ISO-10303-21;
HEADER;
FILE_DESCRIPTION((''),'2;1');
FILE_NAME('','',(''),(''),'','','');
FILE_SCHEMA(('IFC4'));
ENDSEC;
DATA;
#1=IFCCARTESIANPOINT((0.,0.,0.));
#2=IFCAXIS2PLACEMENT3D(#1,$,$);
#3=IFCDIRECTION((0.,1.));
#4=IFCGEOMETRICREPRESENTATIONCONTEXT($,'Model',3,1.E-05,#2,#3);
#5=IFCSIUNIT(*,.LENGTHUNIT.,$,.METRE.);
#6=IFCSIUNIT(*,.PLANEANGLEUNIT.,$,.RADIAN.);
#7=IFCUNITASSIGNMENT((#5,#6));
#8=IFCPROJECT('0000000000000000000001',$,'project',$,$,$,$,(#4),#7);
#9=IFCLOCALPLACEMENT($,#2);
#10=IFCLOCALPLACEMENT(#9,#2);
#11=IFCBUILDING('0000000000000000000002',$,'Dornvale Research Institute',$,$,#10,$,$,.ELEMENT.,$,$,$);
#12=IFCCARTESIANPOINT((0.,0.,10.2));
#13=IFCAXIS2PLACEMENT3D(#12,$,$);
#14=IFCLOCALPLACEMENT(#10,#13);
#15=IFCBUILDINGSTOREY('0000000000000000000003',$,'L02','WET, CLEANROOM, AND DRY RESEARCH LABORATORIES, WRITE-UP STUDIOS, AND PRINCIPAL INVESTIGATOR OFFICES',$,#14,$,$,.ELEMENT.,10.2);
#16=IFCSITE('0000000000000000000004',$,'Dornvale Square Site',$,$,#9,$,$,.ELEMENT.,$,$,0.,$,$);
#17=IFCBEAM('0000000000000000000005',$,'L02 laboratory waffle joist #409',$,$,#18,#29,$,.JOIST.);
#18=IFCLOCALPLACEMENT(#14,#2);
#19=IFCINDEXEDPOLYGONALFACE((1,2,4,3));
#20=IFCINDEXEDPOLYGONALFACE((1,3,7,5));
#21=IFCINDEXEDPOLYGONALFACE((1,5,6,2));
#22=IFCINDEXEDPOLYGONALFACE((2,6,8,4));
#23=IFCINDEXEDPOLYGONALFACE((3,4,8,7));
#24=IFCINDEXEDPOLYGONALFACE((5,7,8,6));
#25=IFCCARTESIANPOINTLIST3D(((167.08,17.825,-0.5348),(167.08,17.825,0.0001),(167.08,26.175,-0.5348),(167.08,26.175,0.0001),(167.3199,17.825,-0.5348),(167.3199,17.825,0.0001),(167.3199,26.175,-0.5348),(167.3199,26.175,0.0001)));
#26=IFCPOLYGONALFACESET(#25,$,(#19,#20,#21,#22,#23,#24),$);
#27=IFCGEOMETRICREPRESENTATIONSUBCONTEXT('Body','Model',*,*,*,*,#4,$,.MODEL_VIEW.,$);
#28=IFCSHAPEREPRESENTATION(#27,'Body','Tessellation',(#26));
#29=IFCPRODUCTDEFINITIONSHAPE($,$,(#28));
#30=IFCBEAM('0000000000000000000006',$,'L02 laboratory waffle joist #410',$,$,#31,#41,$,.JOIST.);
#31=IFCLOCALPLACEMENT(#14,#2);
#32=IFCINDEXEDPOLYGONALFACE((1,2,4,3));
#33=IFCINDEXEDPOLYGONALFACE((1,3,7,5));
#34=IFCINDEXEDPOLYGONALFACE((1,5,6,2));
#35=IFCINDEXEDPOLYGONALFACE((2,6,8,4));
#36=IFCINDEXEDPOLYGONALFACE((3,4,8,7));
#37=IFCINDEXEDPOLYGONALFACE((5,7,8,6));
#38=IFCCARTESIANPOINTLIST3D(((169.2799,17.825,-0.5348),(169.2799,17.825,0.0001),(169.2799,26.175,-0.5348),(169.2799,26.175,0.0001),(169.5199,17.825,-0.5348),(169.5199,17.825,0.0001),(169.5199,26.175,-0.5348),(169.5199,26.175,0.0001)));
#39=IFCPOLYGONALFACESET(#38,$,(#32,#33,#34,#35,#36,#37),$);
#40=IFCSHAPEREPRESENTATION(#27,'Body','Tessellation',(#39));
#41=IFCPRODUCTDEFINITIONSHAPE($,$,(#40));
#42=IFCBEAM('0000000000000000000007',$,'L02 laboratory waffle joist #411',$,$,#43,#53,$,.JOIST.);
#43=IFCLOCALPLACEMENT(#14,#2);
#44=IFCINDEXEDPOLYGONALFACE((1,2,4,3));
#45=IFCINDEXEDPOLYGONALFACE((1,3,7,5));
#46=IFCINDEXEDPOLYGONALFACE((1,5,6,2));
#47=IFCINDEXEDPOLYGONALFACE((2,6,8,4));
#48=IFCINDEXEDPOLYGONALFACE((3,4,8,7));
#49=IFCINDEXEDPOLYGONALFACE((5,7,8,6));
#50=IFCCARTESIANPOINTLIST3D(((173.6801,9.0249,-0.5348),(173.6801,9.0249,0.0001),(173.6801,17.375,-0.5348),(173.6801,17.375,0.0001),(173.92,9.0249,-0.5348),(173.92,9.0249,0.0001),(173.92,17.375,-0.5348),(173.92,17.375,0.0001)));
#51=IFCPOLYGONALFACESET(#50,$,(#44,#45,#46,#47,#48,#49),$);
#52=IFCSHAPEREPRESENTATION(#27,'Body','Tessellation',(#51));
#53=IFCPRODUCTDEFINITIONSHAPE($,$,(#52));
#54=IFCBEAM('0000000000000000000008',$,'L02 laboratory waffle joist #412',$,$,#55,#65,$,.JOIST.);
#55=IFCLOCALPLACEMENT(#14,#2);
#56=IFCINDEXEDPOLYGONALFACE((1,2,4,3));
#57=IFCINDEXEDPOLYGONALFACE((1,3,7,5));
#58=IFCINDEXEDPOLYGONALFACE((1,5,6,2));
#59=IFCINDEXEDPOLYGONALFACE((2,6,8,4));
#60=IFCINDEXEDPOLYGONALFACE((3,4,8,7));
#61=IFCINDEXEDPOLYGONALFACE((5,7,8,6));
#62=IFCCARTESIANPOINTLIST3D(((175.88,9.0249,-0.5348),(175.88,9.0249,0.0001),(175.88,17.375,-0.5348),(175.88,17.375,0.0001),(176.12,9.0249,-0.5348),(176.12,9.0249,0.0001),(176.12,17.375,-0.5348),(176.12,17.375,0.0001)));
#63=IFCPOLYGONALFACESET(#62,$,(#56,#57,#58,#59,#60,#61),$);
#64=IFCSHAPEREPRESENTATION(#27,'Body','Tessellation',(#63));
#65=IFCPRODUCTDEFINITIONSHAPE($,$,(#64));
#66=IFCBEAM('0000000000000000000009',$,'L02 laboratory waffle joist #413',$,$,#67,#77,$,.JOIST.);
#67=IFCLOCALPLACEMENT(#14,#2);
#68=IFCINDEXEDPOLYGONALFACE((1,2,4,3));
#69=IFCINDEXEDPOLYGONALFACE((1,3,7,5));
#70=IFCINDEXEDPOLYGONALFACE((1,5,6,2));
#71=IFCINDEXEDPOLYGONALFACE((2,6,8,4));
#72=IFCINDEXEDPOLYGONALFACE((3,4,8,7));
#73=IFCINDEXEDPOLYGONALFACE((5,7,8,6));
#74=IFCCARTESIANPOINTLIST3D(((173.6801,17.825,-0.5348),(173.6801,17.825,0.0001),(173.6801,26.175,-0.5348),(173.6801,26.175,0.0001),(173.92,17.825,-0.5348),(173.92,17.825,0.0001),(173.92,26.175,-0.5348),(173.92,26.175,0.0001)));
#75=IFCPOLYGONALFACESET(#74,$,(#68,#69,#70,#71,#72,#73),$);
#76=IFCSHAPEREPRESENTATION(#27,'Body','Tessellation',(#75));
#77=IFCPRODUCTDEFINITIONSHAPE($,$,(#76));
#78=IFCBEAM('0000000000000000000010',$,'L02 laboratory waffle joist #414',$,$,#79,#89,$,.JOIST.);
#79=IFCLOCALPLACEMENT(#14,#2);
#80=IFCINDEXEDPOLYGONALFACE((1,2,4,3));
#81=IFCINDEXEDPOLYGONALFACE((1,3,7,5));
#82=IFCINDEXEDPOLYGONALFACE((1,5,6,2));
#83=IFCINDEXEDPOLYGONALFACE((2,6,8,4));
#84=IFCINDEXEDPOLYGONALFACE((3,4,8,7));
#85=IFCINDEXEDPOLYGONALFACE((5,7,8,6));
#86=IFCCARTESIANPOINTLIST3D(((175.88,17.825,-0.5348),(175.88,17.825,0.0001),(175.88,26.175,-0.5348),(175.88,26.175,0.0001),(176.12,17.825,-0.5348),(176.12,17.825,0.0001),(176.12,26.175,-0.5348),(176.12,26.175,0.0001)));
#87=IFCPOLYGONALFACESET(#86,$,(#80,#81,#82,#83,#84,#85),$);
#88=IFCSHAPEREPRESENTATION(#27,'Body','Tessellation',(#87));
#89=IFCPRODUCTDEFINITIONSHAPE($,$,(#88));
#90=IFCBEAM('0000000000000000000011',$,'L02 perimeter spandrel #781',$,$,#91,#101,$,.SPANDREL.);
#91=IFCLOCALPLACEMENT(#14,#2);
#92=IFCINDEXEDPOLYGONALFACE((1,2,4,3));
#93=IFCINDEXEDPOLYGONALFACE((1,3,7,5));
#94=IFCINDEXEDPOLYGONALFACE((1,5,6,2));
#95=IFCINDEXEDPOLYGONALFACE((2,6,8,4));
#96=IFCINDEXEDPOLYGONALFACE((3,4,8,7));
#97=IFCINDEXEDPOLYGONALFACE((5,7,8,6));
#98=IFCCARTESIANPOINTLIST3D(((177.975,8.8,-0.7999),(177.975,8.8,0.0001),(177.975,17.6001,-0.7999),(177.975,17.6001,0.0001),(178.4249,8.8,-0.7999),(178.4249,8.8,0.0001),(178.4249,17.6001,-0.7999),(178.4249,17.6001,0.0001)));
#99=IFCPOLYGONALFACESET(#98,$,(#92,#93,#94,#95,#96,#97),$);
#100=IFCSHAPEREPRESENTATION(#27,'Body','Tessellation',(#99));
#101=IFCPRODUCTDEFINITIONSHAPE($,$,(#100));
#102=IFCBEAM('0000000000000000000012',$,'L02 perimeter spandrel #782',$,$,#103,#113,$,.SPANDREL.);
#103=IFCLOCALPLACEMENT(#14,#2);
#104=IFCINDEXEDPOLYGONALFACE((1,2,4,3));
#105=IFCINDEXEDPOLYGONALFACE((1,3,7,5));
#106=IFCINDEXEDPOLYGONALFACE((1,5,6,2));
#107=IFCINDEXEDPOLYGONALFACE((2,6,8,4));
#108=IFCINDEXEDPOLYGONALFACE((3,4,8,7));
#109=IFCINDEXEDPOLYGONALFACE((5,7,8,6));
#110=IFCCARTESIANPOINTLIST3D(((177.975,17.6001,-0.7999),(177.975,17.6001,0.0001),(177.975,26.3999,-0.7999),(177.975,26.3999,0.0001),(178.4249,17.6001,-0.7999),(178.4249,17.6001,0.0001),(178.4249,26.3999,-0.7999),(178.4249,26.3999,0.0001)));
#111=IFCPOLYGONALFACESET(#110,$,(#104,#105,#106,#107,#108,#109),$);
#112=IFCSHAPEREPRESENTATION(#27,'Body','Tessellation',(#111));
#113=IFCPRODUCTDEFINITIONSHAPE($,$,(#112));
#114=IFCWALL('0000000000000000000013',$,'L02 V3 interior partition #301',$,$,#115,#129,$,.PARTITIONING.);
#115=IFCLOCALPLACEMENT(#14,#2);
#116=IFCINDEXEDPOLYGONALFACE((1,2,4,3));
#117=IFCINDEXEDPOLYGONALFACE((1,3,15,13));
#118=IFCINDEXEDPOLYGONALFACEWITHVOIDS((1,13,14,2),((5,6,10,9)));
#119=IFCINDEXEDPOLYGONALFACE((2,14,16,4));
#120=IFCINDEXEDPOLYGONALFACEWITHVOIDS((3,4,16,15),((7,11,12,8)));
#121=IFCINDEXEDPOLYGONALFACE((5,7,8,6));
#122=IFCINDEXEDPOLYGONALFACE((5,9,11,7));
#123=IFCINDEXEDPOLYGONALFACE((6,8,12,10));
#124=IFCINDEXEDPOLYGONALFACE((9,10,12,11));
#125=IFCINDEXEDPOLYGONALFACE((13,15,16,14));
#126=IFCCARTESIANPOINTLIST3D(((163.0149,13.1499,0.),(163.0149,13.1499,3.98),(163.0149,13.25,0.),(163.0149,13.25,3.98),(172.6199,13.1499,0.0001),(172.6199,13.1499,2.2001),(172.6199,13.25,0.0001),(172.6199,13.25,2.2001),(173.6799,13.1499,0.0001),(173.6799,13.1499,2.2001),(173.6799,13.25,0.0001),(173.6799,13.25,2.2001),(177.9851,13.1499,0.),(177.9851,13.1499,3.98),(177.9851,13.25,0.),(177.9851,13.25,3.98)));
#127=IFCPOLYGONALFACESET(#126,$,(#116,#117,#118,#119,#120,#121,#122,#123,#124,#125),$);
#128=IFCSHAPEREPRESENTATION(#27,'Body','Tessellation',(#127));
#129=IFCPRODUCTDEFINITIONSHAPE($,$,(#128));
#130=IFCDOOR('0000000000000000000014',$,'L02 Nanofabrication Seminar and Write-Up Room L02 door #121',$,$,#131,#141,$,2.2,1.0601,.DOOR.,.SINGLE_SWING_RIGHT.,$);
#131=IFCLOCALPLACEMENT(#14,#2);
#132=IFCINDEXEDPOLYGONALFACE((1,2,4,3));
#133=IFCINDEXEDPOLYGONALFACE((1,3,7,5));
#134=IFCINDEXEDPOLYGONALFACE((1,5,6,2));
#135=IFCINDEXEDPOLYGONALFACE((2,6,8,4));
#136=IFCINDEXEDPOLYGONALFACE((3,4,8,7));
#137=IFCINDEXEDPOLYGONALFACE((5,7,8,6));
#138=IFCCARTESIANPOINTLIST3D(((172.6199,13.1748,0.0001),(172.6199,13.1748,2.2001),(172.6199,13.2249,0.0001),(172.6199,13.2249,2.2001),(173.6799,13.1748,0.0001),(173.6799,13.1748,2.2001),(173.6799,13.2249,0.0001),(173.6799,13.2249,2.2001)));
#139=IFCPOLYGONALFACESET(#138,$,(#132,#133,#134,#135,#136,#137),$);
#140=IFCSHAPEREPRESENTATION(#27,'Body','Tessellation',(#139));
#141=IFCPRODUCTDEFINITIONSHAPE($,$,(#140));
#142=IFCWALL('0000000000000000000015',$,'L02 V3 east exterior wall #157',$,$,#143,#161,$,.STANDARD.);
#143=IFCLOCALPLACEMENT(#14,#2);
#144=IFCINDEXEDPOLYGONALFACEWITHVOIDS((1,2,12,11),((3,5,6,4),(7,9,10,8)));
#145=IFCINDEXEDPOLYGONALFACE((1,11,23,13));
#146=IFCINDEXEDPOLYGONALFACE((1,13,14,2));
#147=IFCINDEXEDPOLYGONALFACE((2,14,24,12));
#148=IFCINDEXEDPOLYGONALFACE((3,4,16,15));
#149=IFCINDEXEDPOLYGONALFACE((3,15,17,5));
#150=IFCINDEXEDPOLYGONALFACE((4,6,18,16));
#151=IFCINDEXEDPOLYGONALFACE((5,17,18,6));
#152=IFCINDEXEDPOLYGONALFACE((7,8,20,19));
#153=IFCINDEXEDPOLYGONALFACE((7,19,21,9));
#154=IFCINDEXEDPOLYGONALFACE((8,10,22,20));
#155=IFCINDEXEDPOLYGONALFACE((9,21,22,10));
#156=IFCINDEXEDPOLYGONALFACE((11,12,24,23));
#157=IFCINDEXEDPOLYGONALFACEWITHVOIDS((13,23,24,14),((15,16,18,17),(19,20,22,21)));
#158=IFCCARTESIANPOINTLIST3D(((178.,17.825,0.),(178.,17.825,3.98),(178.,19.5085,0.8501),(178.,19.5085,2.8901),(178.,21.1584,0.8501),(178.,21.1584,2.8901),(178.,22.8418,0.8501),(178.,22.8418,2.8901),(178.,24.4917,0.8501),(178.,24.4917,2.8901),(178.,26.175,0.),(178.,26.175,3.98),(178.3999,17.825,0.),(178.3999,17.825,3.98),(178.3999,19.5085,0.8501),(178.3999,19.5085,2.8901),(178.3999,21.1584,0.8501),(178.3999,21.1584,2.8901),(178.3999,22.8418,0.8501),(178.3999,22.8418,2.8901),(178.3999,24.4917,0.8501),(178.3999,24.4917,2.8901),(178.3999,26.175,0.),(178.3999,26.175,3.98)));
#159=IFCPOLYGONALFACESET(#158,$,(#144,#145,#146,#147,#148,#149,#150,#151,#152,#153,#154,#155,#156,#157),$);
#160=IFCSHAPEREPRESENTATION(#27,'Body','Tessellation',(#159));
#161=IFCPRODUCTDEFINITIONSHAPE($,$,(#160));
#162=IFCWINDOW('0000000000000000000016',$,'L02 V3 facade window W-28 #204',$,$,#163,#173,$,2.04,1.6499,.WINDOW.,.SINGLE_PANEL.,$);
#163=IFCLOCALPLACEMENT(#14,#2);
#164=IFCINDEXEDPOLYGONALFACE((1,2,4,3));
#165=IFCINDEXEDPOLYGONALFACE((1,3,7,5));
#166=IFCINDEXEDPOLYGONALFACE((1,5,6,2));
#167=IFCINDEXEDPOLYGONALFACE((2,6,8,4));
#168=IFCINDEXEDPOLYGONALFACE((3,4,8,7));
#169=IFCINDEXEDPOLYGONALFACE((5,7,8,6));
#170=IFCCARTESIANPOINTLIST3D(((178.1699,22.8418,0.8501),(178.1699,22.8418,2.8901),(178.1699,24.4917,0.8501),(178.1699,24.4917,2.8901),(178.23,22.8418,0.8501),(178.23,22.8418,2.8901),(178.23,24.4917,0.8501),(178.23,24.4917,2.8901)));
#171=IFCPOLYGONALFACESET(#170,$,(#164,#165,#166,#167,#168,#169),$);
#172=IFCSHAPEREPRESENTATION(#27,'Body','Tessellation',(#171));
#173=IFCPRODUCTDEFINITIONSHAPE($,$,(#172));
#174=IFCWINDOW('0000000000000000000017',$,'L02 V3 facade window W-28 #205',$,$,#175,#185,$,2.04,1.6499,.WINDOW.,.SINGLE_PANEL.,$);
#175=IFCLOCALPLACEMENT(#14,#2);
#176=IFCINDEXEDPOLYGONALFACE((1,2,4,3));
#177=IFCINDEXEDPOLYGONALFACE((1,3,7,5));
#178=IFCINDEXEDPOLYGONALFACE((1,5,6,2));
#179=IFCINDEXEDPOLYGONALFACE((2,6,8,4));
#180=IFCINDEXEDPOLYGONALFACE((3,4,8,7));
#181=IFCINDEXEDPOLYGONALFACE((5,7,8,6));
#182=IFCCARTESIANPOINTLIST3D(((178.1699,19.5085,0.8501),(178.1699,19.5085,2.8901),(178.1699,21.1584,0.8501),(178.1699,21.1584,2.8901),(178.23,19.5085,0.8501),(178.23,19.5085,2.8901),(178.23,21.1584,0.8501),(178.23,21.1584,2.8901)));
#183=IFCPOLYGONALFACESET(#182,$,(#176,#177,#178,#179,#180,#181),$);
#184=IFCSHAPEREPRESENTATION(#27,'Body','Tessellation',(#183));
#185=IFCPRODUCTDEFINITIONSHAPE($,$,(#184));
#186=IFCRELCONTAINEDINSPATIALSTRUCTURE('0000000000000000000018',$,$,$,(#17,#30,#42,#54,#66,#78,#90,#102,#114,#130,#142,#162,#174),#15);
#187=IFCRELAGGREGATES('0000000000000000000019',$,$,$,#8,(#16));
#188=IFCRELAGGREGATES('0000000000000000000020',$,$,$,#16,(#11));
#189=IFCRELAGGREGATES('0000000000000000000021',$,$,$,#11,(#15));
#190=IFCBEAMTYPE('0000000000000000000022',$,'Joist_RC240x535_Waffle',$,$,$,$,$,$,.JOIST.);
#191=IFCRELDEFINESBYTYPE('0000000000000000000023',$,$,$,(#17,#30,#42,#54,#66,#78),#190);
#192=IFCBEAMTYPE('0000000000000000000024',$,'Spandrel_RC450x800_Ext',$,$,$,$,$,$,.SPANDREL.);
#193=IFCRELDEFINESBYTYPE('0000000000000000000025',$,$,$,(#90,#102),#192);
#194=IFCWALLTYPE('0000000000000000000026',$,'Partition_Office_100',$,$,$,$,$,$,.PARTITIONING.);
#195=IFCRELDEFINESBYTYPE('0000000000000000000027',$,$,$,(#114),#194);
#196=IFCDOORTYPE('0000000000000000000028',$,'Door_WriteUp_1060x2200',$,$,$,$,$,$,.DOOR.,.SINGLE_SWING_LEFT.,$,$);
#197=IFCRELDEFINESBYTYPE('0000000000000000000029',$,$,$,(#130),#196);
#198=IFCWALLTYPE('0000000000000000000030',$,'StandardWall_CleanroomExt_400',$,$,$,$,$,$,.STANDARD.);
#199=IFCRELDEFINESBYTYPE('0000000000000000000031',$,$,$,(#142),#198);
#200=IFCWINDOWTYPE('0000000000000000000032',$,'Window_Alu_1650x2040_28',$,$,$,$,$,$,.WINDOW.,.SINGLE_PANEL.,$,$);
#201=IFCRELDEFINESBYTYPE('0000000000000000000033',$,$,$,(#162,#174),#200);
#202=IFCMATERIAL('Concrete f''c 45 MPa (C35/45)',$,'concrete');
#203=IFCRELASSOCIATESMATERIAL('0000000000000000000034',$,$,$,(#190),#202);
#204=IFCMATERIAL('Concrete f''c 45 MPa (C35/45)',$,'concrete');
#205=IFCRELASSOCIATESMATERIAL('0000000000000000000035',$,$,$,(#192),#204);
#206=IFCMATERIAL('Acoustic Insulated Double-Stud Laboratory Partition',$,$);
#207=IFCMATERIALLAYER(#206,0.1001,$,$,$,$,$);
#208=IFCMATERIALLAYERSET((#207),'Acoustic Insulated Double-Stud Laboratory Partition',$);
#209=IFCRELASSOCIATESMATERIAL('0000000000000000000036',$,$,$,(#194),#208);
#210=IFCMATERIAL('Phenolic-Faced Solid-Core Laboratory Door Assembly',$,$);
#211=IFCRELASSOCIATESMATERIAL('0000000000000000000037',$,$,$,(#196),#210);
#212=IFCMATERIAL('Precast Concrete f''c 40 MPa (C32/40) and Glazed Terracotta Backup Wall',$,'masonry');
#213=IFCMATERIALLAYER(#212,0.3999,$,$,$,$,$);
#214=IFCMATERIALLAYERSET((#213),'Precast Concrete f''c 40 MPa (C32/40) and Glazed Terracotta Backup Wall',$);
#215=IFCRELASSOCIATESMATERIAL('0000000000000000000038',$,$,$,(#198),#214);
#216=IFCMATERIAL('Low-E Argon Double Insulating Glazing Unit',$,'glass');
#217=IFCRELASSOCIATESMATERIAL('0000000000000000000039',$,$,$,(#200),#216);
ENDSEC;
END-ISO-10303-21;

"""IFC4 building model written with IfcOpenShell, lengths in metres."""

from ifc_helpers import new_model, si_unit, direction, frame, frame_2d, origin, origin_2d, place, context, subcontext, project, spatial, rectangle, extrude, material, layer, layer_set, material_profile, profile_set, type_object, element, fill, save


model = new_model("IFC4")

# Units and contexts
model_context = context("Model", 3, precision=1e-05, world=origin(), true_north=direction((0.0, 1.0)))
body_context = subcontext(model_context, "Body", "Model", "MODEL_VIEW")
ifc_project = project(units=[si_unit("LENGTHUNIT", "METRE"), si_unit("PLANEANGLEUNIT", "RADIAN")], contexts=[model_context])

# Site, building, storey
site_placement = place(None, origin())
site = spatial("IfcSite", under=ifc_project, at=site_placement, Name="Dornvale Square Site", CompositionType="ELEMENT", RefElevation=0.0)
building_placement = place(site_placement, origin())
building = spatial("IfcBuilding", under=site, at=building_placement, Name="Dornvale Research Institute", CompositionType="ELEMENT")
storey_placement = place(building_placement, frame((0.0, 0.0, 10.2)))
storey = spatial("IfcBuildingStorey", under=building, at=storey_placement, Name="L02", Description="WET, CLEANROOM, AND DRY RESEARCH LABORATORIES, WRITE-UP STUDIOS, AND PRINCIPAL INVESTIGATOR OFFICES", CompositionType="ELEMENT", Elevation=10.2)

# Beams
ifc_material_1 = material(Name="Concrete f'c 45 MPa (C35/45)", Category="concrete")
ifc_material_profile_1 = material_profile(ifc_material_1, rectangle(XDim=0.24, YDim=0.5349, at=origin_2d()), Name="RC 240x535")
ifc_profile_set_1 = profile_set([ifc_material_profile_1], Name="Concrete f'c 45 MPa (C35/45)")
beam_type_1 = type_object("IfcBeamType", Name="Joist_RC240x535_Waffle", PredefinedType="JOIST", material=ifc_profile_set_1)
for number, where, z_axis, x_axis, name in (
    (1, (167.2, 17.825, -0.2673), (0.0, 1.0, 0.0), (-1.0, 0.0, 0.0), "L02 laboratory waffle joist #409"),
    (2, (169.3999, 17.825, -0.2673), (0.0, 1.0, 0.0), (-1.0, 0.0, 0.0), "L02 laboratory waffle joist #410"),
    (3, (173.8, 9.0249, -0.2673), (0.0, 1.0, 0.0), (-1.0, 0.0, 0.0), "L02 laboratory waffle joist #411"),
    (4, (176.0, 9.0249, -0.2673), (0.0, 1.0, 0.0), (-1.0, 0.0, 0.0), "L02 laboratory waffle joist #412"),
    (5, (173.8, 17.825, -0.2673), (0.0, 1.0, 0.0), (-1.0, 0.0, 0.0), "L02 laboratory waffle joist #413"),
    (6, (176.0, 17.825, -0.2673), (0.0, 1.0, 0.0), (-1.0, 0.0, 0.0), "L02 laboratory waffle joist #414"),
):
    element("IfcBeam", number, at=place(storey_placement, frame(where, z_axis=z_axis, x_axis=x_axis)), inside=storey, type_object=beam_type_1, Name=name, PredefinedType="JOIST", context=body_context, shape_type="SweptSolid", body=[
        extrude(rectangle(XDim=0.24, YDim=0.5349, at=origin_2d()), origin(), (0.0, 0.0, 1.0), 8.3501),
    ])
ifc_material_2 = material(Name="Concrete f'c 45 MPa (C35/45)", Category="concrete")
ifc_material_profile_2 = material_profile(ifc_material_2, rectangle(XDim=0.45, YDim=0.8, at=origin_2d()), Name="RC 450x800")
ifc_profile_set_2 = profile_set([ifc_material_profile_2], Name="Concrete f'c 45 MPa (C35/45)")
beam_type_2 = type_object("IfcBeamType", Name="Spandrel_RC450x800_Ext", PredefinedType="SPANDREL", material=ifc_profile_set_2)
beam_1_placement = place(storey_placement, frame((178.2, 8.8, -0.3999), z_axis=(0.0, 1.0, 0.0), x_axis=(-1.0, 0.0, 0.0)))
element("IfcBeam", 7, at=beam_1_placement, inside=storey, type_object=beam_type_2, Name="L02 perimeter spandrel #781", PredefinedType="SPANDREL", context=body_context, shape_type="SweptSolid", body=[
    extrude(rectangle(XDim=0.45, YDim=0.8, at=origin_2d()), origin(), (0.0, 0.0, 1.0), 8.8),
])
beam_2_placement = place(storey_placement, frame((178.2, 17.6001, -0.3999), z_axis=(0.0, 1.0, 0.0), x_axis=(-1.0, 0.0, 0.0)))
element("IfcBeam", 8, at=beam_2_placement, inside=storey, type_object=beam_type_2, Name="L02 perimeter spandrel #782", PredefinedType="SPANDREL", context=body_context, shape_type="SweptSolid", body=[
    extrude(rectangle(XDim=0.45, YDim=0.8, at=origin_2d()), origin(), (0.0, 0.0, 1.0), 8.7998),
])

# Wall, opening, door
ifc_material_3 = material(Name="Acoustic Insulated Double-Stud Laboratory Partition")
ifc_layer_1 = layer(ifc_material_3, 0.1001)
ifc_layer_set_1 = layer_set([ifc_layer_1], Name="Acoustic Insulated Double-Stud Laboratory Partition")
wall_type_1 = type_object("IfcWallType", Name="Partition_Office_100", PredefinedType="PARTITIONING", material=ifc_layer_set_1)
wall_1_placement = place(storey_placement, frame((163.0149, 13.2, 0.0), z_axis=(0.0, 0.0, 1.0), x_axis=(1.0, 0.0, 0.0)))
wall_1 = element("IfcWall", 9, at=wall_1_placement, inside=storey, type_object=wall_type_1, Name="L02 V3 interior partition #301", PredefinedType="PARTITIONING", context=body_context, shape_type="SweptSolid", body=[
    extrude(rectangle(XDim=14.9702, YDim=0.1001, at=frame_2d((7.4851, 0.0))), origin(), (0.0, 0.0, 1.0), 3.98),
])
opening_1_placement = place(wall_1_placement, frame((9.605, 0.0, 0.0)))
opening_1 = element("IfcOpeningElement", 10, at=opening_1_placement, cuts=wall_1, PredefinedType="OPENING", context=body_context, shape_type="SweptSolid", body=[
    extrude(rectangle(XDim=1.0601, YDim=2.2, at=frame_2d((0.53, 1.1001))), frame((0.0, 0.0649, 0.0), z_axis=(0.0, -1.0, 0.0), x_axis=(1.0, 0.0, 0.0)), (0.0, 0.0, 1.0), 0.1301),
])
ifc_material_4 = material(Name="Phenolic-Faced Solid-Core Laboratory Door Assembly")
door_type = type_object("IfcDoorType", Name="Door_WriteUp_1060x2200", OperationType="SINGLE_SWING_LEFT", PredefinedType="DOOR", material=ifc_material_4)
door_placement = place(opening_1_placement, origin())
door = element("IfcDoor", 11, at=door_placement, inside=storey, type_object=door_type, Name="L02 Nanofabrication Seminar and Write-Up Room L02 door #121", OperationType="SINGLE_SWING_RIGHT", OverallHeight=2.2, OverallWidth=1.0601, PredefinedType="DOOR", context=body_context, shape_type="SweptSolid", body=[
    extrude(rectangle(XDim=1.0601, YDim=2.2, at=frame_2d((0.53, 1.1001))), frame((0.0, 0.0249, 0.0), z_axis=(0.0, -1.0, 0.0), x_axis=(1.0, 0.0, 0.0)), (0.0, 0.0, 1.0), 0.05),
])
fill(opening_1, door)

# Wall, openings, windows
ifc_material_5 = material(Name="Precast Concrete f'c 40 MPa (C32/40) and Glazed Terracotta Backup Wall", Category="masonry")
ifc_layer_2 = layer(ifc_material_5, 0.3999)
ifc_layer_set_2 = layer_set([ifc_layer_2], Name="Precast Concrete f'c 40 MPa (C32/40) and Glazed Terracotta Backup Wall")
wall_type_2 = type_object("IfcWallType", Name="StandardWall_CleanroomExt_400", PredefinedType="STANDARD", material=ifc_layer_set_2)
wall_2_placement = place(storey_placement, frame((178.2, 26.175, 0.0), z_axis=(0.0, 0.0, 1.0), x_axis=(0.0, -1.0, 0.0)))
wall_2 = element("IfcWall", 12, at=wall_2_placement, inside=storey, type_object=wall_type_2, Name="L02 V3 east exterior wall #157", PredefinedType="STANDARD", context=body_context, shape_type="SweptSolid", body=[
    extrude(rectangle(XDim=8.3501, YDim=0.3999, at=frame_2d((4.175, 0.0))), origin(), (0.0, 0.0, 1.0), 3.98),
])
opening_2_placement = place(wall_2_placement, frame((1.6833, 0.0, 0.8501)))
opening_2 = element("IfcOpeningElement", 13, at=opening_2_placement, cuts=wall_2, PredefinedType="OPENING", context=body_context, shape_type="SweptSolid", body=[
    extrude(rectangle(XDim=1.6499, YDim=2.04, at=frame_2d((0.825, 1.02))), frame((0.0, 0.2148, 0.0), z_axis=(0.0, -1.0, 0.0), x_axis=(1.0, 0.0, 0.0)), (0.0, 0.0, 1.0), 0.4299),
])
opening_3_placement = place(wall_2_placement, frame((5.0166, 0.0, 0.8501)))
opening_3 = element("IfcOpeningElement", 14, at=opening_3_placement, cuts=wall_2, PredefinedType="OPENING", context=body_context, shape_type="SweptSolid", body=[
    extrude(rectangle(XDim=1.6499, YDim=2.04, at=frame_2d((0.825, 1.02))), frame((0.0, 0.2148, 0.0), z_axis=(0.0, -1.0, 0.0), x_axis=(1.0, 0.0, 0.0)), (0.0, 0.0, 1.0), 0.4299),
])
ifc_material_6 = material(Name="Low-E Argon Double Insulating Glazing Unit", Category="glass")
window_type = type_object("IfcWindowType", Name="Window_Alu_1650x2040_28", PartitioningType="SINGLE_PANEL", PredefinedType="WINDOW", material=ifc_material_6)
window_1_placement = place(opening_2_placement, origin())
window_1 = element("IfcWindow", 15, at=window_1_placement, inside=storey, type_object=window_type, Name="L02 V3 facade window W-28 #204", OverallHeight=2.04, OverallWidth=1.6499, PartitioningType="SINGLE_PANEL", PredefinedType="WINDOW", context=body_context, shape_type="SweptSolid", body=[
    extrude(rectangle(XDim=1.6499, YDim=2.04, at=frame_2d((0.825, 1.02))), frame((0.0, 0.03, 0.0), z_axis=(0.0, -1.0, 0.0), x_axis=(1.0, 0.0, 0.0)), (0.0, 0.0, 1.0), 0.0601),
])
fill(opening_2, window_1)
window_2_placement = place(opening_3_placement, origin())
window_2 = element("IfcWindow", 16, at=window_2_placement, inside=storey, type_object=window_type, Name="L02 V3 facade window W-28 #205", OverallHeight=2.04, OverallWidth=1.6499, PartitioningType="SINGLE_PANEL", PredefinedType="WINDOW", context=body_context, shape_type="SweptSolid", body=[
    extrude(rectangle(XDim=1.6499, YDim=2.04, at=frame_2d((0.825, 1.02))), frame((0.0, 0.03, 0.0), z_axis=(0.0, -1.0, 0.0), x_axis=(1.0, 0.0, 0.0)), (0.0, 0.0, 1.0), 0.0601),
])
fill(opening_3, window_2)

save(model, "model.ifc")
